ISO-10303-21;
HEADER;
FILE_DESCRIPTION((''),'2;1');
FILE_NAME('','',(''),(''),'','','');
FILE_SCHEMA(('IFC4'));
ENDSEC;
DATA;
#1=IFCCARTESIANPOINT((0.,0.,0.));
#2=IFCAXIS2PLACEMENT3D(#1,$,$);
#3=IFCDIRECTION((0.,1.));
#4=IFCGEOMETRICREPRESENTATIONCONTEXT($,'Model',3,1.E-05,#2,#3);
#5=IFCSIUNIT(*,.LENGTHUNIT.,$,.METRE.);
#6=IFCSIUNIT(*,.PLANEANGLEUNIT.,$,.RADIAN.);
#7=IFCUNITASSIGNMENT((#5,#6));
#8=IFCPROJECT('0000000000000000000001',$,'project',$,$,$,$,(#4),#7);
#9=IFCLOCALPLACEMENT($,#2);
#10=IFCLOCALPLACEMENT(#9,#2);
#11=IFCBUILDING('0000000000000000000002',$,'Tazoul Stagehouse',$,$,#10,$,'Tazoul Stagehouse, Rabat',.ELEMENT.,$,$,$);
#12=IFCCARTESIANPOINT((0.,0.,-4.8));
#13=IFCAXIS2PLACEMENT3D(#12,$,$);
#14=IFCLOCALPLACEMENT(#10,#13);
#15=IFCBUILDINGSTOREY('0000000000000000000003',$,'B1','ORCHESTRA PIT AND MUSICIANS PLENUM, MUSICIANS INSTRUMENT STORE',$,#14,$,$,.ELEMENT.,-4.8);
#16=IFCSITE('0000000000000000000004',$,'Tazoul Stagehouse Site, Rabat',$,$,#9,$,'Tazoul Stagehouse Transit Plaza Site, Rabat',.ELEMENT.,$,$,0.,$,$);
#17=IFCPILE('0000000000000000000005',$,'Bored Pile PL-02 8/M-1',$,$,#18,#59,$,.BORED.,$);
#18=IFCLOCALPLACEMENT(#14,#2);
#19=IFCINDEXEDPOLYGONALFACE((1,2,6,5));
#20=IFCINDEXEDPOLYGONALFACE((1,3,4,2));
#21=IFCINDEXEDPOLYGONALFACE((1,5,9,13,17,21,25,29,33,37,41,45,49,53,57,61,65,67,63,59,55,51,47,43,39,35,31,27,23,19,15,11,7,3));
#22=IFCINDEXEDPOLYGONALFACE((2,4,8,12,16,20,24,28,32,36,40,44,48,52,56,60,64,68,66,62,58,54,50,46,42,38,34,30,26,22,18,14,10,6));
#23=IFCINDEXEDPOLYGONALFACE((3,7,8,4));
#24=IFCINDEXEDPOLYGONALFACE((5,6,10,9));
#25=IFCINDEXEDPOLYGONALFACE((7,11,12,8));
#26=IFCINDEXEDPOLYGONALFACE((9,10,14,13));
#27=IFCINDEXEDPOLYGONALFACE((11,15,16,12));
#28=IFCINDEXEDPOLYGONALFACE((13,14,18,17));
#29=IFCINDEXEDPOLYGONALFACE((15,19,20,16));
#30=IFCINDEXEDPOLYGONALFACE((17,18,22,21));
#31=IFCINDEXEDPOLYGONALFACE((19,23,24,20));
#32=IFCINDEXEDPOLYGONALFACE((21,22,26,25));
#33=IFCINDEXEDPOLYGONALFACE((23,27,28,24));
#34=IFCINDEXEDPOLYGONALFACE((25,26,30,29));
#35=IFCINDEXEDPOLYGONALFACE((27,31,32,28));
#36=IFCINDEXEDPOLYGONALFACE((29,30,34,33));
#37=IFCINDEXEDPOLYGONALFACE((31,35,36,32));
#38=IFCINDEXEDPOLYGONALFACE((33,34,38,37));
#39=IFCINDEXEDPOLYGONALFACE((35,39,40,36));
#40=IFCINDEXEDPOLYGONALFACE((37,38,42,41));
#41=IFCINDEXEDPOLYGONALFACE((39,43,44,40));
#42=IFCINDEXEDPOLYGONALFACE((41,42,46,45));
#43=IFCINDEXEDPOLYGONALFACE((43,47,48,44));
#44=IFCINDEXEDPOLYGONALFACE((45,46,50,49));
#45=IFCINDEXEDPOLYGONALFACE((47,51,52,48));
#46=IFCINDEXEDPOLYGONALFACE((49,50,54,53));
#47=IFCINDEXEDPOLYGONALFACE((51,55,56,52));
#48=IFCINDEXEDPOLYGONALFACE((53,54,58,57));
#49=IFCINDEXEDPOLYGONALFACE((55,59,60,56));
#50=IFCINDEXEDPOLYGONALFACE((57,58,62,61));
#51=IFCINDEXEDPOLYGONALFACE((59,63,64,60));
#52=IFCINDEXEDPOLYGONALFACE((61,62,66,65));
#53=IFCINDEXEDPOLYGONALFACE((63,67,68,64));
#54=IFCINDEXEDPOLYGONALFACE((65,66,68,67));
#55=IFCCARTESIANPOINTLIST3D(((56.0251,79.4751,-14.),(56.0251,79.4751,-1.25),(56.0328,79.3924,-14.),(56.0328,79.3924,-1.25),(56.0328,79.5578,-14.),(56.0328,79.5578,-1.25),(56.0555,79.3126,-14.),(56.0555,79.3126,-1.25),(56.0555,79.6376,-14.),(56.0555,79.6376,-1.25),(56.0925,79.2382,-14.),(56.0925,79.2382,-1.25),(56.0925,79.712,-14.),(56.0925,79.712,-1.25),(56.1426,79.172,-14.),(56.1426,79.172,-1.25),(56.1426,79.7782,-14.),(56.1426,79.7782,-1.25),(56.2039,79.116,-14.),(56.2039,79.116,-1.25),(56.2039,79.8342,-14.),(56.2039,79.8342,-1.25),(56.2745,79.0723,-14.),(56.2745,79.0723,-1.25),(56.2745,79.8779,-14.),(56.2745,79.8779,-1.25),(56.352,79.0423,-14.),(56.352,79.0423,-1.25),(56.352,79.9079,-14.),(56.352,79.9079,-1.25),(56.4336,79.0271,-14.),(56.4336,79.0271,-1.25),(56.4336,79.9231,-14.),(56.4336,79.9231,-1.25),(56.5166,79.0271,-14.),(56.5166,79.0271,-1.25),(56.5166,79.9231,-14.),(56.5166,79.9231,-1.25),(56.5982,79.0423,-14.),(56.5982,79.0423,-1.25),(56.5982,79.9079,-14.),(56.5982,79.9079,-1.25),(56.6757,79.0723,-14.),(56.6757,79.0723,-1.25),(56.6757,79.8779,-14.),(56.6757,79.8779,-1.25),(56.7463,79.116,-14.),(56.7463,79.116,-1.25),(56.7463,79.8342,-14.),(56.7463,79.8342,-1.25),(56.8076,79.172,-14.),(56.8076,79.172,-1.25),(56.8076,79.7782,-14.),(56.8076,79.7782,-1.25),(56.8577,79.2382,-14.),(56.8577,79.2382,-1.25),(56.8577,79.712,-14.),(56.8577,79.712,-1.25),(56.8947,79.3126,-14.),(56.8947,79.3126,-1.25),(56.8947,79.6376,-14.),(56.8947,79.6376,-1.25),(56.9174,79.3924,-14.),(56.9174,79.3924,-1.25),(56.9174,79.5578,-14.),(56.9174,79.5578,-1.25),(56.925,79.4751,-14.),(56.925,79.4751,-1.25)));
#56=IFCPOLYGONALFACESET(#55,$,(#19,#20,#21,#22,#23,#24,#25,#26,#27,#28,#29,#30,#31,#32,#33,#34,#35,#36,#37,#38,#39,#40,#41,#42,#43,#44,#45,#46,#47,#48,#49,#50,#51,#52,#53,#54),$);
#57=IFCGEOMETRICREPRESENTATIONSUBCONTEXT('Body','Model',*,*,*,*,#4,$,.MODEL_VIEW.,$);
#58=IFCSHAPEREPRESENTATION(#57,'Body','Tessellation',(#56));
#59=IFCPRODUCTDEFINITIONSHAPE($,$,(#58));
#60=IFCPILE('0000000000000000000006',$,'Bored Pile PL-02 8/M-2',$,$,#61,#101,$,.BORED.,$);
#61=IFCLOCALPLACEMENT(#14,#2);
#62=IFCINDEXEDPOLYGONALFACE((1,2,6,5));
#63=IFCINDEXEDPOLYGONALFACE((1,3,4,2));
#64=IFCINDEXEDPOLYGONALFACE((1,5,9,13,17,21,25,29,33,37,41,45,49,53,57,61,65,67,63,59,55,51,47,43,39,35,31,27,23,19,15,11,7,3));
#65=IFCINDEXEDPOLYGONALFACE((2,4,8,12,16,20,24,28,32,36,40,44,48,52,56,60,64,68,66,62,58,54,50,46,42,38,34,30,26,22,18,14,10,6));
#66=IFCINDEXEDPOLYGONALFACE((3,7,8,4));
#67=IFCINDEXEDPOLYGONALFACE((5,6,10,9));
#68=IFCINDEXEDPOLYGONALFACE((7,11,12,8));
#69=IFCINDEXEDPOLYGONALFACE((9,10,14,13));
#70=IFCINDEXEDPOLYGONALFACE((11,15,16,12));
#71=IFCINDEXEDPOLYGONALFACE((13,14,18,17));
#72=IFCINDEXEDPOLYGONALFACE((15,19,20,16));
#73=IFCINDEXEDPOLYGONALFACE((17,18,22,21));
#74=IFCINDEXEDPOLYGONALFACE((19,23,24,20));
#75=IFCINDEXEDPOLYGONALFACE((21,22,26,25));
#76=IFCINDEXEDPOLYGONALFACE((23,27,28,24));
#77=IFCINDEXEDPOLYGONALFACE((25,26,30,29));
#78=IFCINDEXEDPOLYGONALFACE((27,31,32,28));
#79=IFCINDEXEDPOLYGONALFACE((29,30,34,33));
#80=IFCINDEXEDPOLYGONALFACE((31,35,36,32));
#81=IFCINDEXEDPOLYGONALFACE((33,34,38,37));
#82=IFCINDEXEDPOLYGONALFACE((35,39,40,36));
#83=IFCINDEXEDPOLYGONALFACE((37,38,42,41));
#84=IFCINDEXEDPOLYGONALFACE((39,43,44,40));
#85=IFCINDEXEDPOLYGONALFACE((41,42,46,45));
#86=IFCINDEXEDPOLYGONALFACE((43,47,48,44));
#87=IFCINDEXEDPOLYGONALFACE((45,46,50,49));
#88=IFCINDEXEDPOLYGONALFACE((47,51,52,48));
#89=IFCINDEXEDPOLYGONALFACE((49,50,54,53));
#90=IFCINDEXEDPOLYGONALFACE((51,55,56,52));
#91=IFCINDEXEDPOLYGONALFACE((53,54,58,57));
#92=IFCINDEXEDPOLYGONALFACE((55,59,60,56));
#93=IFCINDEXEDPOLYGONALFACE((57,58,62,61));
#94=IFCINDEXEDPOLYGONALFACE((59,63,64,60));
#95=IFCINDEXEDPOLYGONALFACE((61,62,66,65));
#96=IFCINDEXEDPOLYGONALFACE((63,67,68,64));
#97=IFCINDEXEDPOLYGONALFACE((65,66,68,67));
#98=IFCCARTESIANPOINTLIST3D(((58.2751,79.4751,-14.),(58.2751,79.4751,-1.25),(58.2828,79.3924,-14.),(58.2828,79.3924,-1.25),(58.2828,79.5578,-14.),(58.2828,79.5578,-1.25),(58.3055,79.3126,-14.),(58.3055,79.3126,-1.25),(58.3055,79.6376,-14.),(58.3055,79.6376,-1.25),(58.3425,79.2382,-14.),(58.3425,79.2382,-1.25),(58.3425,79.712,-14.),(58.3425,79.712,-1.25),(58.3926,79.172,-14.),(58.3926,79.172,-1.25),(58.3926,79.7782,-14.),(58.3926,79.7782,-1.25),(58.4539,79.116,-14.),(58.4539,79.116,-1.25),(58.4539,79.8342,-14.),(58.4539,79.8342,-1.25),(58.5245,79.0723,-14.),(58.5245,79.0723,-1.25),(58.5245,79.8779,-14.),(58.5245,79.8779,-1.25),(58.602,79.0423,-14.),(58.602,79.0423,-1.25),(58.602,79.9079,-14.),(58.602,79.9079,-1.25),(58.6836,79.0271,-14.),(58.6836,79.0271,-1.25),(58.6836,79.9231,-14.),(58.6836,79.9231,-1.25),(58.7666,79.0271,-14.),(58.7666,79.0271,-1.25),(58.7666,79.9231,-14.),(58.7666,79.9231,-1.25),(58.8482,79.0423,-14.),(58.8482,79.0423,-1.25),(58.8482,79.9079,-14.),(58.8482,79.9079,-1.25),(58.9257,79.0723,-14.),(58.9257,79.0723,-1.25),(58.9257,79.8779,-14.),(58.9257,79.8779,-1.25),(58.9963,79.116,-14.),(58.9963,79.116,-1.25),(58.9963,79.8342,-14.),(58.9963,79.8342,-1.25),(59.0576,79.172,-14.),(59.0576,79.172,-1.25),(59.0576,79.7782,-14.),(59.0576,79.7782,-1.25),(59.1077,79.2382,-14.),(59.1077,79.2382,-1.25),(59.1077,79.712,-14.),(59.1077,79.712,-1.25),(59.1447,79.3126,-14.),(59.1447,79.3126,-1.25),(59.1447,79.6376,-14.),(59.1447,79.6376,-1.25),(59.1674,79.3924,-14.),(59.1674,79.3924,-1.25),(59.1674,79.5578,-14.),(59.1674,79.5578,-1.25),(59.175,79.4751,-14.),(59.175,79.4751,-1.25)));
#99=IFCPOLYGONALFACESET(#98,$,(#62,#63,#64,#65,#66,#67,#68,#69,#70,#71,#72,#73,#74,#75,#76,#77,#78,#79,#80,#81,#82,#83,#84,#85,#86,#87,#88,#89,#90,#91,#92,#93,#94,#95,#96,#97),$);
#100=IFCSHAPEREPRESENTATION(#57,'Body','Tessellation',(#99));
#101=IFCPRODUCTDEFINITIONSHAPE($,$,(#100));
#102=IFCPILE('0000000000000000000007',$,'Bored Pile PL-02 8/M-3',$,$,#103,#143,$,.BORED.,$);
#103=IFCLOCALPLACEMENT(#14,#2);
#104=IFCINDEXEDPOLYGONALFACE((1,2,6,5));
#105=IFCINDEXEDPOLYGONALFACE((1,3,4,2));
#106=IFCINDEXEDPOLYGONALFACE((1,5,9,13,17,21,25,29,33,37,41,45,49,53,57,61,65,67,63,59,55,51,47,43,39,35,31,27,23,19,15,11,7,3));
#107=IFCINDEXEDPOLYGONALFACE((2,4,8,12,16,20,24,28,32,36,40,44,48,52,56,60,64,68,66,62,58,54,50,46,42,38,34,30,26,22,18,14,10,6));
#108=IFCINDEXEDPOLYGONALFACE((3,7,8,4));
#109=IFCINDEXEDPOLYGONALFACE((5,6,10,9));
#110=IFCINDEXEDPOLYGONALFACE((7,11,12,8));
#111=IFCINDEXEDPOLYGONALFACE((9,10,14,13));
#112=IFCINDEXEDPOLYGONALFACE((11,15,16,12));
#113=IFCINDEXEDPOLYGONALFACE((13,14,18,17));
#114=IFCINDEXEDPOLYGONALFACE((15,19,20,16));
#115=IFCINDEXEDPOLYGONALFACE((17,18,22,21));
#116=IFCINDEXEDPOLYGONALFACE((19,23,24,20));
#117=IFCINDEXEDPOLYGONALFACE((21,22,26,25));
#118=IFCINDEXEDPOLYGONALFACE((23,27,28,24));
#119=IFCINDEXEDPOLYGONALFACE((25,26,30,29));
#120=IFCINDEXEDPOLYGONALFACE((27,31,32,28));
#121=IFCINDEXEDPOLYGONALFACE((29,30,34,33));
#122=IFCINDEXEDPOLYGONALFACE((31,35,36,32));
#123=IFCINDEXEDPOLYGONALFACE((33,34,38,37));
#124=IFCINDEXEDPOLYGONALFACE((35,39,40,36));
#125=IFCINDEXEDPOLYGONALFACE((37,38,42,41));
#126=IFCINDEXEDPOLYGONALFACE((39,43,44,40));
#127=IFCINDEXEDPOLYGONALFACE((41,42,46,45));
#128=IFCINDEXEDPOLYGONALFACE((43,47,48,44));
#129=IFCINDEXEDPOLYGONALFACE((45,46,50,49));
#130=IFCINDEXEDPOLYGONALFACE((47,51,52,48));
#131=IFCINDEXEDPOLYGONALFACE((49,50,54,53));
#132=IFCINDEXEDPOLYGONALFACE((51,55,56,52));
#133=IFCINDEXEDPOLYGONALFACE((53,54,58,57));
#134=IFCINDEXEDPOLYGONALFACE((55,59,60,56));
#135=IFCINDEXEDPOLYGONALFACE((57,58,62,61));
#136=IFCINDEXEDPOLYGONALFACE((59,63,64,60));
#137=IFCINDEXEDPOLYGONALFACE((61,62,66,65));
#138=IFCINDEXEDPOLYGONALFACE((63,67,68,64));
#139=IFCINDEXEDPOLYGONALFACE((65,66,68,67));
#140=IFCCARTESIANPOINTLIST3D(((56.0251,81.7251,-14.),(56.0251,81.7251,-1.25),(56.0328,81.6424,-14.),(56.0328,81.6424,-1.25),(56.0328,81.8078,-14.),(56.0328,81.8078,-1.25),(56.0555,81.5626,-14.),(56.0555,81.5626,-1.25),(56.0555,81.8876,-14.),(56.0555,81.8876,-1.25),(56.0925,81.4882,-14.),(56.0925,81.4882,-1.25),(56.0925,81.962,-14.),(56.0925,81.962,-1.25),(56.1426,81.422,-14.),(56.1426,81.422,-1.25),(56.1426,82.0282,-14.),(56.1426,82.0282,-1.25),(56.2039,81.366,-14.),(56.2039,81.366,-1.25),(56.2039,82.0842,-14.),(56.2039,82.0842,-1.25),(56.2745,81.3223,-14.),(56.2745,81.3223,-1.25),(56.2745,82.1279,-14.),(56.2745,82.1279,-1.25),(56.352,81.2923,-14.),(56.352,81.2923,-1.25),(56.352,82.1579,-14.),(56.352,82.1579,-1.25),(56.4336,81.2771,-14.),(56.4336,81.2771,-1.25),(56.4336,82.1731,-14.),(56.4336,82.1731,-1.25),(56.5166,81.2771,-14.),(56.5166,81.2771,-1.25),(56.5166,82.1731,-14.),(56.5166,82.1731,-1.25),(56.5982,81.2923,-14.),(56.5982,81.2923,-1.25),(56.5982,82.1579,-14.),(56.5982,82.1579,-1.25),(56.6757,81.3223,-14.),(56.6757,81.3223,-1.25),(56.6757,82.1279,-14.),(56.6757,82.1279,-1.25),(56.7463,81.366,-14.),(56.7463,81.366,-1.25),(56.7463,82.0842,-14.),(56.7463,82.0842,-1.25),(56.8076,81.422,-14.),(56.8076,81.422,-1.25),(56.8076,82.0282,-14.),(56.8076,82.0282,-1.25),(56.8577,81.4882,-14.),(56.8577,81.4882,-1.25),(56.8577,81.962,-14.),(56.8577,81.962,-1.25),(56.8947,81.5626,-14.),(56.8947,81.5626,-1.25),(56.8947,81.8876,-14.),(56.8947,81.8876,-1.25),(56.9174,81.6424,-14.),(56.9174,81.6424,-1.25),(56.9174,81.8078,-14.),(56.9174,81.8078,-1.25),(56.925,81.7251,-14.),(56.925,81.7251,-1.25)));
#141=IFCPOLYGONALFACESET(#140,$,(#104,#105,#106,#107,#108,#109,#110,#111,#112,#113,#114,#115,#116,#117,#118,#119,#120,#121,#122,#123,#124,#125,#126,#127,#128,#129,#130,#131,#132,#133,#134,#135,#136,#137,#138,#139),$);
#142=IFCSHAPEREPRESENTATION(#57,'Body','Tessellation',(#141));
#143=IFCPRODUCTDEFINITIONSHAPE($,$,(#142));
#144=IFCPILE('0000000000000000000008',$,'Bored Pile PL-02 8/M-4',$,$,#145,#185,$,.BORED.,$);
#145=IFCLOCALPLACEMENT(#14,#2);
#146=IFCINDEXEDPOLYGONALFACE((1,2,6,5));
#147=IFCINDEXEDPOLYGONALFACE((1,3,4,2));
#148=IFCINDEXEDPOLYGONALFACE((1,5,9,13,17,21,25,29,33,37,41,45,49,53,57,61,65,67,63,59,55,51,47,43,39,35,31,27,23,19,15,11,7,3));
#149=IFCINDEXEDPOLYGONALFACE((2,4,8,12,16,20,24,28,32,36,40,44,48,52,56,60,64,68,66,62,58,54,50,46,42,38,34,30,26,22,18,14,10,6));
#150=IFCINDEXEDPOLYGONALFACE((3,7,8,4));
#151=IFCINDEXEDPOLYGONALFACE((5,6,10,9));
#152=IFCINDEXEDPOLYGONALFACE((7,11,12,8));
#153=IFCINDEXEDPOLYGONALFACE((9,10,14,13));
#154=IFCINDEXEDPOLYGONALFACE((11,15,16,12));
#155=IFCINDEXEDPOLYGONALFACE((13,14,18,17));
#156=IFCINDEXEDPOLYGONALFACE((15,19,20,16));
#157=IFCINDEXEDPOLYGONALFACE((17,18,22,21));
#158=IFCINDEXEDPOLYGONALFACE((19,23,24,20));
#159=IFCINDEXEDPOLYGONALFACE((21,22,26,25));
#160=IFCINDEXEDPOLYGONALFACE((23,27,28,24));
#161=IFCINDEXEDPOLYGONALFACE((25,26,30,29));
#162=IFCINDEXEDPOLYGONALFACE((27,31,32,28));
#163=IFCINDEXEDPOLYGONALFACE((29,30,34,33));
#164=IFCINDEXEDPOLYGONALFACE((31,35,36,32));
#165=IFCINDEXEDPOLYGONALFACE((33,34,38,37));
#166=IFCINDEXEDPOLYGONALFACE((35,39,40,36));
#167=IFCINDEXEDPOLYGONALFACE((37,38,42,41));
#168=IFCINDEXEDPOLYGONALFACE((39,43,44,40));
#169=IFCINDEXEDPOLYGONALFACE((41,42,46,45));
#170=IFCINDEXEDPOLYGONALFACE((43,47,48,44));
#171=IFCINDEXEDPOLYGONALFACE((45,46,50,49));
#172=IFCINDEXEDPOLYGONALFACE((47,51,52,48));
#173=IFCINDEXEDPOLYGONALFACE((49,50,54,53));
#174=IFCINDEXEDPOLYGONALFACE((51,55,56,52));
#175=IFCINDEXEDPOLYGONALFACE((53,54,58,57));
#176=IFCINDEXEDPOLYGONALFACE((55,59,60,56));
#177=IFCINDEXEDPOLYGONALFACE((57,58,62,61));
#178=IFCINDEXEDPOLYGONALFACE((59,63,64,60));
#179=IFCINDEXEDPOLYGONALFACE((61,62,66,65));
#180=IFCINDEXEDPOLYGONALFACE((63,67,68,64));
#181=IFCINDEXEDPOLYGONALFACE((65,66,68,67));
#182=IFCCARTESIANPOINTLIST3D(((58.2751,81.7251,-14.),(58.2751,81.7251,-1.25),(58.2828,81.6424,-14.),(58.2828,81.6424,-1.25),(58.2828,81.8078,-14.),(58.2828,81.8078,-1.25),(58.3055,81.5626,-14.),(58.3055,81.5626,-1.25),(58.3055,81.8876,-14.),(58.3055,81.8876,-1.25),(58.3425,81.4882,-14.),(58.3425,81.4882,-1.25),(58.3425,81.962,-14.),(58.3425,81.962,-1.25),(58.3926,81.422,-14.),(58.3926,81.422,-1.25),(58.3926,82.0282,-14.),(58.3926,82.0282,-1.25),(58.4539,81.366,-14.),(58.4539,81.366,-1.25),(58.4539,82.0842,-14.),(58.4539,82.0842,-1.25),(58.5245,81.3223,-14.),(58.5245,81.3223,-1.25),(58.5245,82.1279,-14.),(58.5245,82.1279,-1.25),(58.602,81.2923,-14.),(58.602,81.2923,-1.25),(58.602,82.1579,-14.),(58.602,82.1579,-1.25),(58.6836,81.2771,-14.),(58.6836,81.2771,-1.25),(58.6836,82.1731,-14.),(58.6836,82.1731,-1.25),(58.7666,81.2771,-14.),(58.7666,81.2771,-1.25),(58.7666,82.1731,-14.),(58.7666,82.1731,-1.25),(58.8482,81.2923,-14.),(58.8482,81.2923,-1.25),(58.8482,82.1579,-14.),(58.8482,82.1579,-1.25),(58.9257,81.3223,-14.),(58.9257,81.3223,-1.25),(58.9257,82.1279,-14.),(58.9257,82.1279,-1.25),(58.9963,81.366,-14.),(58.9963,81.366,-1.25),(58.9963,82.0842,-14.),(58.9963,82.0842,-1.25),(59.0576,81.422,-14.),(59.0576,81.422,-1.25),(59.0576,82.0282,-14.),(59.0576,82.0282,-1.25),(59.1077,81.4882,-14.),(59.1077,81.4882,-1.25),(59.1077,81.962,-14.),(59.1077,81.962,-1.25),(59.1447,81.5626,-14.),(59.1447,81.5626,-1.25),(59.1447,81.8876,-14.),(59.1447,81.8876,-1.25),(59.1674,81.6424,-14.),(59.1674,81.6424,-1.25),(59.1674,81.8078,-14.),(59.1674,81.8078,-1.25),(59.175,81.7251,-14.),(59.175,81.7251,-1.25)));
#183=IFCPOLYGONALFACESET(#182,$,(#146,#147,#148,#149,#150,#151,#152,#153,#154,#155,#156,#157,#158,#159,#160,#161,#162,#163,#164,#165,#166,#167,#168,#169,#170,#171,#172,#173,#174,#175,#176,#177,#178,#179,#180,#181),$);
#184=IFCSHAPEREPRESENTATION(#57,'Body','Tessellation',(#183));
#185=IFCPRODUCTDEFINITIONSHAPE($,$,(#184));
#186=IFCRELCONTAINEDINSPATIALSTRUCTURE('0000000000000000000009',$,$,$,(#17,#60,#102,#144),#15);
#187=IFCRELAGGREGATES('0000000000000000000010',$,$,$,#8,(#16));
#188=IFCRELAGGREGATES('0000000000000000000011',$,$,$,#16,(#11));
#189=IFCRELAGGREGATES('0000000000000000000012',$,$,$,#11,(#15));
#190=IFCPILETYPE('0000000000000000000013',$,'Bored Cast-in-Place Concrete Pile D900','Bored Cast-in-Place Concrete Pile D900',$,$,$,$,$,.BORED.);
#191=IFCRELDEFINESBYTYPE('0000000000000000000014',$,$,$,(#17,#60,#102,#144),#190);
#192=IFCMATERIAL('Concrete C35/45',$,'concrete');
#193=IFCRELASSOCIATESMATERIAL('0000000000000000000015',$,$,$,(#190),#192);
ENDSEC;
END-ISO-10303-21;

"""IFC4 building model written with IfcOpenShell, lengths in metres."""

from ifc_helpers import new_model, si_unit, direction, frame, origin, origin_2d, place, context, subcontext, project, spatial, circle, extrude, material, material_profile, profile_set, type_object, element, save


model = new_model("IFC4")

# Units and contexts
model_context = context("Model", 3, precision=1e-05, world=origin(), true_north=direction((0.0, 1.0)))
body_context = subcontext(model_context, "Body", "Model", "MODEL_VIEW")
ifc_project = project(units=[si_unit("LENGTHUNIT", "METRE"), si_unit("PLANEANGLEUNIT", "RADIAN")], contexts=[model_context])

# Site, building, storey
site_placement = place(None, origin())
site = spatial("IfcSite", under=ifc_project, at=site_placement, Name="Tazoul Stagehouse Site, Rabat", LongName="Tazoul Stagehouse Transit Plaza Site, Rabat", CompositionType="ELEMENT", RefElevation=0.0)
building_placement = place(site_placement, origin())
building = spatial("IfcBuilding", under=site, at=building_placement, Name="Tazoul Stagehouse", LongName="Tazoul Stagehouse, Rabat", CompositionType="ELEMENT")
storey_placement = place(building_placement, frame((0.0, 0.0, -4.8)))
storey = spatial("IfcBuildingStorey", under=building, at=storey_placement, Name="B1", Description="ORCHESTRA PIT AND MUSICIANS PLENUM, MUSICIANS INSTRUMENT STORE", CompositionType="ELEMENT", Elevation=-4.8)

# Piles
ifc_material_1 = material(Name="Concrete C35/45", Category="concrete")
ifc_material_profile_1 = material_profile(ifc_material_1, circle(Radius=0.45, at=origin_2d()), Name="BORED PILE 900")
ifc_profile_set_1 = profile_set([ifc_material_profile_1], Name="Concrete C35/45")
pile_type = type_object("IfcPileType", Name="Bored Cast-in-Place Concrete Pile D900", Description="Bored Cast-in-Place Concrete Pile D900", PredefinedType="BORED", material=ifc_profile_set_1)
for number, where, z_axis, x_axis, name in (
    (1, (56.4751, 79.4751, -1.25), (0.0, 0.0, -1.0), (1.0, 0.0, 0.0), "Bored Pile PL-02 8/M-1"),
    (2, (58.7251, 79.4751, -1.25), (0.0, 0.0, -1.0), (1.0, 0.0, 0.0), "Bored Pile PL-02 8/M-2"),
    (3, (56.4751, 81.7251, -1.25), (0.0, 0.0, -1.0), (1.0, 0.0, 0.0), "Bored Pile PL-02 8/M-3"),
    (4, (58.7251, 81.7251, -1.25), (0.0, 0.0, -1.0), (1.0, 0.0, 0.0), "Bored Pile PL-02 8/M-4"),
):
    element("IfcPile", number, at=place(storey_placement, frame(where, z_axis=z_axis, x_axis=x_axis)), inside=storey, type_object=pile_type, Name=name, PredefinedType="BORED", context=body_context, shape_type="SweptSolid", body=[
        extrude(circle(Radius=0.45, at=origin_2d()), origin(), (0.0, 0.0, 1.0), 12.75),
    ])

save(model, "model.ifc")
